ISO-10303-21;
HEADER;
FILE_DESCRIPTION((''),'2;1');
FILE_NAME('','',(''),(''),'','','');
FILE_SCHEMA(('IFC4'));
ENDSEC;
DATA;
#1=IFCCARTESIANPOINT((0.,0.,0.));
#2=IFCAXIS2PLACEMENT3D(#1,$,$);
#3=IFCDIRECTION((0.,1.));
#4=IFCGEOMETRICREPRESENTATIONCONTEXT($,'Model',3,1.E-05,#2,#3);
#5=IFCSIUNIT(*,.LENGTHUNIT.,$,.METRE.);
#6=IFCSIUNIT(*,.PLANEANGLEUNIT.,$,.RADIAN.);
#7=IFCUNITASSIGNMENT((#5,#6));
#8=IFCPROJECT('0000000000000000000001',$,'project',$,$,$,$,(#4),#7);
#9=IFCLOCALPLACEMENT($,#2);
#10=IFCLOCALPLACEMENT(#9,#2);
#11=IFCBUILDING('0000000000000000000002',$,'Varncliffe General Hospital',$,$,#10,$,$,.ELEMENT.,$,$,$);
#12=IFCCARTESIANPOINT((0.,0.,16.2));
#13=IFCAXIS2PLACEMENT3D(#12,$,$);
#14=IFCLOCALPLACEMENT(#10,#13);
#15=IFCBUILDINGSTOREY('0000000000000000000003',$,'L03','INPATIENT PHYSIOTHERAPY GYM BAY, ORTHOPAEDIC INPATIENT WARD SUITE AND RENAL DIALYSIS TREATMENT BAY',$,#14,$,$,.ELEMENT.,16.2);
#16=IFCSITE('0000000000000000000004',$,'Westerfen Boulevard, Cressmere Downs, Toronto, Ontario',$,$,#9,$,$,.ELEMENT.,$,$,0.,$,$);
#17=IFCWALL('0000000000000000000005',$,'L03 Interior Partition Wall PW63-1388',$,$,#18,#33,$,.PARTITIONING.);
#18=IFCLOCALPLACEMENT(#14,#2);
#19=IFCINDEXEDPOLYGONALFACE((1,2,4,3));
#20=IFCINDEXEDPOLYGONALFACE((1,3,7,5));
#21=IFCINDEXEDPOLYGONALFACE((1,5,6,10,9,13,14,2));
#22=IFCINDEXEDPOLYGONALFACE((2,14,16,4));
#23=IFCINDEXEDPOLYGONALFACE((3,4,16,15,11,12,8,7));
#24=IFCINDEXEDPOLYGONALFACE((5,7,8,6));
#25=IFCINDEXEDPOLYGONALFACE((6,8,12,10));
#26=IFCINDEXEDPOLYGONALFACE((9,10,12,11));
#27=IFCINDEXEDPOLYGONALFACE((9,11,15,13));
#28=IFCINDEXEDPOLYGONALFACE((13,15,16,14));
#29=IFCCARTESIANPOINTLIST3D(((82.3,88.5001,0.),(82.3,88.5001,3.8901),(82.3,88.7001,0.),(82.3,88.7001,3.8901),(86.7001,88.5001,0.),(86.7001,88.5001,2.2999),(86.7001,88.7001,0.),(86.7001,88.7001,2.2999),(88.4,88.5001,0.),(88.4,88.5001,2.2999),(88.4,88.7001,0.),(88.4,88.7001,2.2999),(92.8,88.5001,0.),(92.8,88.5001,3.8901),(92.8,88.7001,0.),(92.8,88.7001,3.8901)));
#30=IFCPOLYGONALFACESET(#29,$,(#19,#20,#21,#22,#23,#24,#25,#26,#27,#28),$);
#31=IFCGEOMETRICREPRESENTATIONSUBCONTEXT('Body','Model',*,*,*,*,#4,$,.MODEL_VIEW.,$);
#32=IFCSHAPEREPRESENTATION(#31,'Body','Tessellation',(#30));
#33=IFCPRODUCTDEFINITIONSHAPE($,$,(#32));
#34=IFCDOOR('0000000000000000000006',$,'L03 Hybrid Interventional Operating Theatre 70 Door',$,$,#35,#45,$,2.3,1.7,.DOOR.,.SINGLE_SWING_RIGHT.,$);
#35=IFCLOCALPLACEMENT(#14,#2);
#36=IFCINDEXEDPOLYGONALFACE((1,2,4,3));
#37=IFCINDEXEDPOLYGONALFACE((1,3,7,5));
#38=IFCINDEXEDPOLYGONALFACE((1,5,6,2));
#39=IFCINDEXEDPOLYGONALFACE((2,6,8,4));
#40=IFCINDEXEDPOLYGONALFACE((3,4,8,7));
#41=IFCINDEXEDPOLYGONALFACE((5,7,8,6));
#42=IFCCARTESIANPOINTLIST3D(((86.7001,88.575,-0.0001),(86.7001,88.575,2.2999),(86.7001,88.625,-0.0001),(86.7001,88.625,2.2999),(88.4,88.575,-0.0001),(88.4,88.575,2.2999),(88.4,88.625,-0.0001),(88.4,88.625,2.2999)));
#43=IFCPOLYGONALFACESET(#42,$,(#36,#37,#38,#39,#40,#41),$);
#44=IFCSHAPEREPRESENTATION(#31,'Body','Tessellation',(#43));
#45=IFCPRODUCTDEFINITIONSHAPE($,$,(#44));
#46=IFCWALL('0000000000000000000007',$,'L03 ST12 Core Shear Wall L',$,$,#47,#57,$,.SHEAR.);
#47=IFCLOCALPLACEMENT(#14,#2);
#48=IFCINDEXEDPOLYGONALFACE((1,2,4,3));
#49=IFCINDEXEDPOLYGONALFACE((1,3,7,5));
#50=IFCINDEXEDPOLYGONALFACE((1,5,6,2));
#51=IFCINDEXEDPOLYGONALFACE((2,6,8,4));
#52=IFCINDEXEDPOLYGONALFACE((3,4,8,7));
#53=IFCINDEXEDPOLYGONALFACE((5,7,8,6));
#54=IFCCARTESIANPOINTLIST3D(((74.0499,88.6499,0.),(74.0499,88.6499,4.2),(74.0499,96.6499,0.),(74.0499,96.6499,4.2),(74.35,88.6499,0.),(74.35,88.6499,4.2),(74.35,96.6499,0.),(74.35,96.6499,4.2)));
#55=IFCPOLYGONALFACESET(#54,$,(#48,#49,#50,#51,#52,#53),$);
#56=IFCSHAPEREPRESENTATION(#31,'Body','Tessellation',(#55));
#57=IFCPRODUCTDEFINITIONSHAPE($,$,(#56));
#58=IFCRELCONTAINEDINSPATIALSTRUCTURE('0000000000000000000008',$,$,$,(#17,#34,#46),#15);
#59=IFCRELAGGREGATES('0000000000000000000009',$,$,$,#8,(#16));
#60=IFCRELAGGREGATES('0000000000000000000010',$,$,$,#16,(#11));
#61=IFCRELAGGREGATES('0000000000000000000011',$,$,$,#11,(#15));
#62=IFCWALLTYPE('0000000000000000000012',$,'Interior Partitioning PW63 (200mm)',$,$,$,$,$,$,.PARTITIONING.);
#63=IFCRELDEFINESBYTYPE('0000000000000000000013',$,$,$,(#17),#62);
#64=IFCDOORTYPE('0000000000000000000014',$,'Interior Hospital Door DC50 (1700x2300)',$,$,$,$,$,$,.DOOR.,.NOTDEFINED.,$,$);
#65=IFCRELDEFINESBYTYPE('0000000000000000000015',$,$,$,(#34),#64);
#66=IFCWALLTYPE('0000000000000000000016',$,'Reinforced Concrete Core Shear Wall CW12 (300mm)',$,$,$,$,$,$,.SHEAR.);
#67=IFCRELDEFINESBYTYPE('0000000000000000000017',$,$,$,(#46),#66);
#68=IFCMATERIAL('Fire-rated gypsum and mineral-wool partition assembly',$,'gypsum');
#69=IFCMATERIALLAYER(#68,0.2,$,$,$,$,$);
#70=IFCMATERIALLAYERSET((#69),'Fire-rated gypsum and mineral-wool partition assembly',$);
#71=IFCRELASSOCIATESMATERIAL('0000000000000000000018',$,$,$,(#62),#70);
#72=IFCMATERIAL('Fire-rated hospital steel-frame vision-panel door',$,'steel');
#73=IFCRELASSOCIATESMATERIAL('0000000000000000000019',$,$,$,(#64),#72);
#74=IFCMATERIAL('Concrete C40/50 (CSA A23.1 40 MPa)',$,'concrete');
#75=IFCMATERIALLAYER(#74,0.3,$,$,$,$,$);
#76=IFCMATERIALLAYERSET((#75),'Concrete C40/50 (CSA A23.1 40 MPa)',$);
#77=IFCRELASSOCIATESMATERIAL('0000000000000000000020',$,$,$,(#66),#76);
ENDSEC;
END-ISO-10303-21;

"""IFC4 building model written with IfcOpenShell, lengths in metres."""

from ifc_helpers import new_model, si_unit, direction, frame, frame_2d, origin, place, context, subcontext, project, spatial, rectangle, extrude, material, layer, layer_set, type_object, element, fill, save


model = new_model("IFC4")

# Units and contexts
model_context = context("Model", 3, precision=1e-05, world=origin(), true_north=direction((0.0, 1.0)))
body_context = subcontext(model_context, "Body", "Model", "MODEL_VIEW")
ifc_project = project(units=[si_unit("LENGTHUNIT", "METRE"), si_unit("PLANEANGLEUNIT", "RADIAN")], contexts=[model_context])

# Site, building, storey
site_placement = place(None, origin())
site = spatial("IfcSite", under=ifc_project, at=site_placement, Name="Westerfen Boulevard, Cressmere Downs, Toronto, Ontario", CompositionType="ELEMENT", RefElevation=0.0)
building_placement = place(site_placement, origin())
building = spatial("IfcBuilding", under=site, at=building_placement, Name="Varncliffe General Hospital", CompositionType="ELEMENT")
storey_placement = place(building_placement, frame((0.0, 0.0, 16.2)))
storey = spatial("IfcBuildingStorey", under=building, at=storey_placement, Name="L03", Description="INPATIENT PHYSIOTHERAPY GYM BAY, ORTHOPAEDIC INPATIENT WARD SUITE AND RENAL DIALYSIS TREATMENT BAY", CompositionType="ELEMENT", Elevation=16.2)

# Shared definitions
ifc_material_1 = material(Name="Concrete C40/50 (CSA A23.1 40 MPa)", Category="concrete")

# Wall, opening, door
ifc_material_2 = material(Name="Fire-rated gypsum and mineral-wool partition assembly", Category="gypsum")
ifc_layer_1 = layer(ifc_material_2, 0.2)
ifc_layer_set_1 = layer_set([ifc_layer_1], Name="Fire-rated gypsum and mineral-wool partition assembly")
wall_type_1 = type_object("IfcWallType", Name="Interior Partitioning PW63 (200mm)", PredefinedType="PARTITIONING", material=ifc_layer_set_1)
ifc_material_3 = material(Name="Fire-rated hospital steel-frame vision-panel door", Category="steel")
wall_1_placement = place(storey_placement, frame((82.3, 88.6001, 0.0), z_axis=(0.0, 0.0, 1.0), x_axis=(1.0, 0.0, 0.0)))
wall_1 = element("IfcWall", 1, at=wall_1_placement, inside=storey, type_object=wall_type_1, Name="L03 Interior Partition Wall PW63-1388", PredefinedType="PARTITIONING", context=body_context, shape_type="SweptSolid", body=[
    extrude(rectangle(XDim=10.5, YDim=0.2, at=frame_2d((5.25, 0.0))), origin(), (0.0, 0.0, 1.0), 3.8901),
])
opening_1_placement = place(wall_1_placement, frame((4.3999, 0.0, 0.0)))
opening_1 = element("IfcOpeningElement", 2, at=opening_1_placement, cuts=wall_1, PredefinedType="OPENING", context=body_context, shape_type="SweptSolid", body=[
    extrude(rectangle(XDim=1.7, YDim=2.3, at=frame_2d((0.8501, 1.1499))), frame((0.0, 0.1099, 0.0), z_axis=(0.0, -1.0, 0.0), x_axis=(1.0, 0.0, 0.0)), (0.0, 0.0, 1.0), 0.22),
])
door_type_1 = type_object("IfcDoorType", Name="Interior Hospital Door DC50 (1700x2300)", OperationType="NOTDEFINED", PredefinedType="DOOR", material=ifc_material_3)
door_1_placement = place(opening_1_placement, origin())
door_1 = element("IfcDoor", 3, at=door_1_placement, inside=storey, type_object=door_type_1, Name="L03 Hybrid Interventional Operating Theatre 70 Door", OperationType="SINGLE_SWING_RIGHT", OverallHeight=2.3, OverallWidth=1.7, PredefinedType="DOOR", context=body_context, shape_type="SweptSolid", body=[
    extrude(rectangle(XDim=1.7, YDim=2.3, at=frame_2d((0.8501, 1.1499))), frame((0.0, 0.0249, 0.0), z_axis=(0.0, -1.0, 0.0), x_axis=(1.0, 0.0, 0.0)), (0.0, 0.0, 1.0), 0.05),
])
fill(opening_1, door_1)

# Wall
ifc_layer_2 = layer(ifc_material_1, 0.3)
ifc_layer_set_2 = layer_set([ifc_layer_2], Name="Concrete C40/50 (CSA A23.1 40 MPa)")
wall_type_2 = type_object("IfcWallType", Name="Reinforced Concrete Core Shear Wall CW12 (300mm)", PredefinedType="SHEAR", material=ifc_layer_set_2)
wall_2_placement = place(storey_placement, frame((74.2, 88.6499, 0.0), z_axis=(0.0, 0.0, 1.0), x_axis=(0.0, 1.0, 0.0)))
element("IfcWall", 4, at=wall_2_placement, inside=storey, type_object=wall_type_2, Name="L03 ST12 Core Shear Wall L", PredefinedType="SHEAR", context=body_context, shape_type="SweptSolid", body=[
    extrude(rectangle(XDim=8.0, YDim=0.3, at=frame_2d((4.0, 0.0))), origin(), (0.0, 0.0, 1.0), 4.2),
])

save(model, "model.ifc")
